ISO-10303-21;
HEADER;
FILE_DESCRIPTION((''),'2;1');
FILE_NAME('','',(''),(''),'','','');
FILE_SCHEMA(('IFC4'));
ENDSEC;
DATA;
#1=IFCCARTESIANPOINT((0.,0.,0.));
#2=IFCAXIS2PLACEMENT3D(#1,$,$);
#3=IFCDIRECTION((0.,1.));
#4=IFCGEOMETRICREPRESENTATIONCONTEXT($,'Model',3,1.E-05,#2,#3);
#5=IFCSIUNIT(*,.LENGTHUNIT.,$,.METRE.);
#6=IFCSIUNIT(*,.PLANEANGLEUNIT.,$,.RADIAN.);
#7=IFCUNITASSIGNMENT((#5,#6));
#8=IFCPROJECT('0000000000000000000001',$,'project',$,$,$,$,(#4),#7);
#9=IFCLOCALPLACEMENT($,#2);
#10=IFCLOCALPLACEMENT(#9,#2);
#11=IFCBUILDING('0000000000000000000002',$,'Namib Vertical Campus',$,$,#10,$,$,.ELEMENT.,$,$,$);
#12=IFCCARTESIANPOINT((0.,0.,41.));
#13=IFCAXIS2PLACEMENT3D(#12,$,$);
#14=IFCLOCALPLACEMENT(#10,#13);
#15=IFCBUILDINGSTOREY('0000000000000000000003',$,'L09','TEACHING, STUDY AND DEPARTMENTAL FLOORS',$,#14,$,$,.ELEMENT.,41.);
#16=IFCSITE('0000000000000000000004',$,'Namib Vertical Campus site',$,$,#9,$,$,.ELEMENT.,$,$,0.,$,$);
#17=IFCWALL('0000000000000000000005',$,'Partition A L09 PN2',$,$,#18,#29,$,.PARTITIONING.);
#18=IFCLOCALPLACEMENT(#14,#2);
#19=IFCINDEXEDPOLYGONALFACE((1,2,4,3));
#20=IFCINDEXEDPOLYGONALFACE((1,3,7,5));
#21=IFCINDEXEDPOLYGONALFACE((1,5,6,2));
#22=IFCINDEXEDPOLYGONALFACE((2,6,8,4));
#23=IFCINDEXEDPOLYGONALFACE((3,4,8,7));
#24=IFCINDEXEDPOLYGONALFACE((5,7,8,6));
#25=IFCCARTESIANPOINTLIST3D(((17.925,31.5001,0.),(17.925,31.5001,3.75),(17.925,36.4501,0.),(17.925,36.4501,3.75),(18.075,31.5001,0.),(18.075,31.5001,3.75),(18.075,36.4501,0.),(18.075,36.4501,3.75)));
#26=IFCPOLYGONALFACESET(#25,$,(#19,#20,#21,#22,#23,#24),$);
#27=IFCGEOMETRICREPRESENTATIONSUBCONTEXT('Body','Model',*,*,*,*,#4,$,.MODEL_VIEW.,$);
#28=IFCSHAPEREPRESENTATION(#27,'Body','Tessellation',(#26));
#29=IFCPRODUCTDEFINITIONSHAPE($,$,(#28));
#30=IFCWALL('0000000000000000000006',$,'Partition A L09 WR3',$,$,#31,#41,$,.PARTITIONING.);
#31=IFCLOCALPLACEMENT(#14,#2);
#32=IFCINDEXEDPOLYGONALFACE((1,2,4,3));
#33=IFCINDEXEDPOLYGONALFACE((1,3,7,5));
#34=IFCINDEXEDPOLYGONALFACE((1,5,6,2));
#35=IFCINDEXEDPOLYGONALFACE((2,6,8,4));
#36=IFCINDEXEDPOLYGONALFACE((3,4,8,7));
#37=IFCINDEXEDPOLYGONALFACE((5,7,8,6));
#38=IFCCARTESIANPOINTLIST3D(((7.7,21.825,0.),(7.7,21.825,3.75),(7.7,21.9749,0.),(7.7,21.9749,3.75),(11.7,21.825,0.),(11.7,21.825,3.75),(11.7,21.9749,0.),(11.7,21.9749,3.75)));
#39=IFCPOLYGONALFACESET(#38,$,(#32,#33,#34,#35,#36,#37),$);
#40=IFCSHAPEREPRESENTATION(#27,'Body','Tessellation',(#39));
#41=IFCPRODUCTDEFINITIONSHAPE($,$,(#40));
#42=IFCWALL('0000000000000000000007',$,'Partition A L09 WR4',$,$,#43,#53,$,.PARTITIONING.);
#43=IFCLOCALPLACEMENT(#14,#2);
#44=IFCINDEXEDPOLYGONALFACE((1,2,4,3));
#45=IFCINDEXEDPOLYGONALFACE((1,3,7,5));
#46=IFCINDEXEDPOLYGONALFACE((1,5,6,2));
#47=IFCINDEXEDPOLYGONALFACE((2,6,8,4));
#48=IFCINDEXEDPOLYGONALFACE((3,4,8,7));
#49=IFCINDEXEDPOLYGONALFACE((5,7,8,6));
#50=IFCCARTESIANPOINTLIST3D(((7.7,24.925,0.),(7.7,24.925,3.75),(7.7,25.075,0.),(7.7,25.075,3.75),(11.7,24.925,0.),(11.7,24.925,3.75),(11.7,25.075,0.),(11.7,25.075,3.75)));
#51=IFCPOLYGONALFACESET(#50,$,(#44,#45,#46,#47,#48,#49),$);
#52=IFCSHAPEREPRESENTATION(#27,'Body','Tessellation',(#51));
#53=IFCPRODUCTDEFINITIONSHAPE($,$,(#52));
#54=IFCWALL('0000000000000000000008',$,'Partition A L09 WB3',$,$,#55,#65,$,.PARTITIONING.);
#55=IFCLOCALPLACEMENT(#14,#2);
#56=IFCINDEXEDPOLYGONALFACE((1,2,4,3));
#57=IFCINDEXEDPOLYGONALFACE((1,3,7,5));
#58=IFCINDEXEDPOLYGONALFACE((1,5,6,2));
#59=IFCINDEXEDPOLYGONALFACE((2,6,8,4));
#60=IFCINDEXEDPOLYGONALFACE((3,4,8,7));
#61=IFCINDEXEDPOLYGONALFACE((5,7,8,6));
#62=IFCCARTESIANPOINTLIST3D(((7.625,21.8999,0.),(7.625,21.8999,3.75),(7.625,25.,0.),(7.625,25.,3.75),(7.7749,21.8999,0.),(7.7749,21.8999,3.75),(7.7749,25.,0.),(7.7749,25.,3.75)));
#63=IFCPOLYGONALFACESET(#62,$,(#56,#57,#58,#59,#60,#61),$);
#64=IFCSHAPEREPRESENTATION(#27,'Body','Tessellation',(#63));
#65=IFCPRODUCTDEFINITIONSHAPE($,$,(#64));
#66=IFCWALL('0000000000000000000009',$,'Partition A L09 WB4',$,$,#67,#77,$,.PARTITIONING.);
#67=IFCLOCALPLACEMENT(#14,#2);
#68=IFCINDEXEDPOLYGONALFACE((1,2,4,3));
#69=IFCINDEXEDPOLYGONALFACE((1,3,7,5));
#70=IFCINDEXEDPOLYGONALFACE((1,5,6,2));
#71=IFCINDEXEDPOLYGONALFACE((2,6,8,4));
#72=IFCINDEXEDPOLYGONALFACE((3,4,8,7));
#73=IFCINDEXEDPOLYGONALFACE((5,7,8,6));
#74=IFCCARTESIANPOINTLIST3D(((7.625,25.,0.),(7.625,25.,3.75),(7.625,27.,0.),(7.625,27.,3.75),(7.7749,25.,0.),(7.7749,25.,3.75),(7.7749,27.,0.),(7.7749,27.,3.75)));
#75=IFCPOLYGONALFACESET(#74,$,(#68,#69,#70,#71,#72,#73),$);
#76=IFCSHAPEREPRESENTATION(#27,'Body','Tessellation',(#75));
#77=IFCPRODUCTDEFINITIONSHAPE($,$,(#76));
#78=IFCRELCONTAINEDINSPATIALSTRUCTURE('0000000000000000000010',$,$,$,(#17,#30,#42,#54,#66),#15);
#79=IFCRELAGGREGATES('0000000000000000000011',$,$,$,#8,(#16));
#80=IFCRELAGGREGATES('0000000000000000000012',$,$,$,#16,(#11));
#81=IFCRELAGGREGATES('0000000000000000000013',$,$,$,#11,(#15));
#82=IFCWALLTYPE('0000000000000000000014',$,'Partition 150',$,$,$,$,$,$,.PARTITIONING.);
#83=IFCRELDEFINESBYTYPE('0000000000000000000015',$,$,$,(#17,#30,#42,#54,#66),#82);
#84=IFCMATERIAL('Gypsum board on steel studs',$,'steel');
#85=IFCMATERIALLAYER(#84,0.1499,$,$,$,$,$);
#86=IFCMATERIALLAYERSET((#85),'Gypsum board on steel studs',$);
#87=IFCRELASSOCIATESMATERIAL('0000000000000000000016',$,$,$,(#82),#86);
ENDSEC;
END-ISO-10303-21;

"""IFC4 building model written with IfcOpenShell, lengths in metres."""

from ifc_helpers import new_model, si_unit, direction, frame, frame_2d, origin, place, context, subcontext, project, spatial, rectangle, extrude, material, layer, layer_set, type_object, element, save


model = new_model("IFC4")

# Units and contexts
model_context = context("Model", 3, precision=1e-05, world=origin(), true_north=direction((0.0, 1.0)))
body_context = subcontext(model_context, "Body", "Model", "MODEL_VIEW")
ifc_project = project(units=[si_unit("LENGTHUNIT", "METRE"), si_unit("PLANEANGLEUNIT", "RADIAN")], contexts=[model_context])

# Site, building, storey
site_placement = place(None, origin())
site = spatial("IfcSite", under=ifc_project, at=site_placement, Name="Namib Vertical Campus site", CompositionType="ELEMENT", RefElevation=0.0)
building_placement = place(site_placement, origin())
building = spatial("IfcBuilding", under=site, at=building_placement, Name="Namib Vertical Campus", CompositionType="ELEMENT")
storey_placement = place(building_placement, frame((0.0, 0.0, 41.0)))
storey = spatial("IfcBuildingStorey", under=building, at=storey_placement, Name="L09", Description="TEACHING, STUDY AND DEPARTMENTAL FLOORS", CompositionType="ELEMENT", Elevation=41.0)

# Walls
ifc_material_1 = material(Name="Gypsum board on steel studs", Category="steel")
ifc_layer_1 = layer(ifc_material_1, 0.1499)
ifc_layer_set_1 = layer_set([ifc_layer_1], Name="Gypsum board on steel studs")
wall_type_1 = type_object("IfcWallType", Name="Partition 150", PredefinedType="PARTITIONING", material=ifc_layer_set_1)
wall_1_placement = place(storey_placement, frame((18.0, 31.5, 0.0), z_axis=(0.0, 0.0, 1.0), x_axis=(0.0, 1.0, 0.0)))
element("IfcWall", 1, at=wall_1_placement, inside=storey, type_object=wall_type_1, Name="Partition A L09 PN2", PredefinedType="PARTITIONING", context=body_context, shape_type="SweptSolid", body=[
    extrude(rectangle(XDim=4.95, YDim=0.1499, at=frame_2d((2.4751, 0.0))), origin(), (0.0, 0.0, 1.0), 3.75),
])
for number, where, z_axis, x_axis, name in (
    (2, (11.7, 21.8999, 0.0), (0.0, 0.0, 1.0), (-1.0, 0.0, 0.0), "Partition A L09 WR3"),
    (3, (11.7, 25.0, 0.0), (0.0, 0.0, 1.0), (-1.0, 0.0, 0.0), "Partition A L09 WR4"),
):
    element("IfcWall", number, at=place(storey_placement, frame(where, z_axis=z_axis, x_axis=x_axis)), inside=storey, type_object=wall_type_1, Name=name, PredefinedType="PARTITIONING", context=body_context, shape_type="SweptSolid", body=[
        extrude(rectangle(XDim=4.0, YDim=0.1499, at=frame_2d((2.0, 0.0))), origin(), (0.0, 0.0, 1.0), 3.75),
    ])
wall_2_placement = place(storey_placement, frame((7.7, 21.8999, 0.0), z_axis=(0.0, 0.0, 1.0), x_axis=(0.0, 1.0, 0.0)))
element("IfcWall", 4, at=wall_2_placement, inside=storey, type_object=wall_type_1, Name="Partition A L09 WB3", PredefinedType="PARTITIONING", context=body_context, shape_type="SweptSolid", body=[
    extrude(rectangle(XDim=3.1001, YDim=0.1499, at=frame_2d((1.55, 0.0))), origin(), (0.0, 0.0, 1.0), 3.75),
])
wall_3_placement = place(storey_placement, frame((7.7, 25.0, 0.0), z_axis=(0.0, 0.0, 1.0), x_axis=(0.0, 1.0, 0.0)))
element("IfcWall", 5, at=wall_3_placement, inside=storey, type_object=wall_type_1, Name="Partition A L09 WB4", PredefinedType="PARTITIONING", context=body_context, shape_type="SweptSolid", body=[
    extrude(rectangle(XDim=2.0, YDim=0.1499, at=frame_2d((1.0, 0.0))), origin(), (0.0, 0.0, 1.0), 3.75),
])

save(model, "model.ifc")
